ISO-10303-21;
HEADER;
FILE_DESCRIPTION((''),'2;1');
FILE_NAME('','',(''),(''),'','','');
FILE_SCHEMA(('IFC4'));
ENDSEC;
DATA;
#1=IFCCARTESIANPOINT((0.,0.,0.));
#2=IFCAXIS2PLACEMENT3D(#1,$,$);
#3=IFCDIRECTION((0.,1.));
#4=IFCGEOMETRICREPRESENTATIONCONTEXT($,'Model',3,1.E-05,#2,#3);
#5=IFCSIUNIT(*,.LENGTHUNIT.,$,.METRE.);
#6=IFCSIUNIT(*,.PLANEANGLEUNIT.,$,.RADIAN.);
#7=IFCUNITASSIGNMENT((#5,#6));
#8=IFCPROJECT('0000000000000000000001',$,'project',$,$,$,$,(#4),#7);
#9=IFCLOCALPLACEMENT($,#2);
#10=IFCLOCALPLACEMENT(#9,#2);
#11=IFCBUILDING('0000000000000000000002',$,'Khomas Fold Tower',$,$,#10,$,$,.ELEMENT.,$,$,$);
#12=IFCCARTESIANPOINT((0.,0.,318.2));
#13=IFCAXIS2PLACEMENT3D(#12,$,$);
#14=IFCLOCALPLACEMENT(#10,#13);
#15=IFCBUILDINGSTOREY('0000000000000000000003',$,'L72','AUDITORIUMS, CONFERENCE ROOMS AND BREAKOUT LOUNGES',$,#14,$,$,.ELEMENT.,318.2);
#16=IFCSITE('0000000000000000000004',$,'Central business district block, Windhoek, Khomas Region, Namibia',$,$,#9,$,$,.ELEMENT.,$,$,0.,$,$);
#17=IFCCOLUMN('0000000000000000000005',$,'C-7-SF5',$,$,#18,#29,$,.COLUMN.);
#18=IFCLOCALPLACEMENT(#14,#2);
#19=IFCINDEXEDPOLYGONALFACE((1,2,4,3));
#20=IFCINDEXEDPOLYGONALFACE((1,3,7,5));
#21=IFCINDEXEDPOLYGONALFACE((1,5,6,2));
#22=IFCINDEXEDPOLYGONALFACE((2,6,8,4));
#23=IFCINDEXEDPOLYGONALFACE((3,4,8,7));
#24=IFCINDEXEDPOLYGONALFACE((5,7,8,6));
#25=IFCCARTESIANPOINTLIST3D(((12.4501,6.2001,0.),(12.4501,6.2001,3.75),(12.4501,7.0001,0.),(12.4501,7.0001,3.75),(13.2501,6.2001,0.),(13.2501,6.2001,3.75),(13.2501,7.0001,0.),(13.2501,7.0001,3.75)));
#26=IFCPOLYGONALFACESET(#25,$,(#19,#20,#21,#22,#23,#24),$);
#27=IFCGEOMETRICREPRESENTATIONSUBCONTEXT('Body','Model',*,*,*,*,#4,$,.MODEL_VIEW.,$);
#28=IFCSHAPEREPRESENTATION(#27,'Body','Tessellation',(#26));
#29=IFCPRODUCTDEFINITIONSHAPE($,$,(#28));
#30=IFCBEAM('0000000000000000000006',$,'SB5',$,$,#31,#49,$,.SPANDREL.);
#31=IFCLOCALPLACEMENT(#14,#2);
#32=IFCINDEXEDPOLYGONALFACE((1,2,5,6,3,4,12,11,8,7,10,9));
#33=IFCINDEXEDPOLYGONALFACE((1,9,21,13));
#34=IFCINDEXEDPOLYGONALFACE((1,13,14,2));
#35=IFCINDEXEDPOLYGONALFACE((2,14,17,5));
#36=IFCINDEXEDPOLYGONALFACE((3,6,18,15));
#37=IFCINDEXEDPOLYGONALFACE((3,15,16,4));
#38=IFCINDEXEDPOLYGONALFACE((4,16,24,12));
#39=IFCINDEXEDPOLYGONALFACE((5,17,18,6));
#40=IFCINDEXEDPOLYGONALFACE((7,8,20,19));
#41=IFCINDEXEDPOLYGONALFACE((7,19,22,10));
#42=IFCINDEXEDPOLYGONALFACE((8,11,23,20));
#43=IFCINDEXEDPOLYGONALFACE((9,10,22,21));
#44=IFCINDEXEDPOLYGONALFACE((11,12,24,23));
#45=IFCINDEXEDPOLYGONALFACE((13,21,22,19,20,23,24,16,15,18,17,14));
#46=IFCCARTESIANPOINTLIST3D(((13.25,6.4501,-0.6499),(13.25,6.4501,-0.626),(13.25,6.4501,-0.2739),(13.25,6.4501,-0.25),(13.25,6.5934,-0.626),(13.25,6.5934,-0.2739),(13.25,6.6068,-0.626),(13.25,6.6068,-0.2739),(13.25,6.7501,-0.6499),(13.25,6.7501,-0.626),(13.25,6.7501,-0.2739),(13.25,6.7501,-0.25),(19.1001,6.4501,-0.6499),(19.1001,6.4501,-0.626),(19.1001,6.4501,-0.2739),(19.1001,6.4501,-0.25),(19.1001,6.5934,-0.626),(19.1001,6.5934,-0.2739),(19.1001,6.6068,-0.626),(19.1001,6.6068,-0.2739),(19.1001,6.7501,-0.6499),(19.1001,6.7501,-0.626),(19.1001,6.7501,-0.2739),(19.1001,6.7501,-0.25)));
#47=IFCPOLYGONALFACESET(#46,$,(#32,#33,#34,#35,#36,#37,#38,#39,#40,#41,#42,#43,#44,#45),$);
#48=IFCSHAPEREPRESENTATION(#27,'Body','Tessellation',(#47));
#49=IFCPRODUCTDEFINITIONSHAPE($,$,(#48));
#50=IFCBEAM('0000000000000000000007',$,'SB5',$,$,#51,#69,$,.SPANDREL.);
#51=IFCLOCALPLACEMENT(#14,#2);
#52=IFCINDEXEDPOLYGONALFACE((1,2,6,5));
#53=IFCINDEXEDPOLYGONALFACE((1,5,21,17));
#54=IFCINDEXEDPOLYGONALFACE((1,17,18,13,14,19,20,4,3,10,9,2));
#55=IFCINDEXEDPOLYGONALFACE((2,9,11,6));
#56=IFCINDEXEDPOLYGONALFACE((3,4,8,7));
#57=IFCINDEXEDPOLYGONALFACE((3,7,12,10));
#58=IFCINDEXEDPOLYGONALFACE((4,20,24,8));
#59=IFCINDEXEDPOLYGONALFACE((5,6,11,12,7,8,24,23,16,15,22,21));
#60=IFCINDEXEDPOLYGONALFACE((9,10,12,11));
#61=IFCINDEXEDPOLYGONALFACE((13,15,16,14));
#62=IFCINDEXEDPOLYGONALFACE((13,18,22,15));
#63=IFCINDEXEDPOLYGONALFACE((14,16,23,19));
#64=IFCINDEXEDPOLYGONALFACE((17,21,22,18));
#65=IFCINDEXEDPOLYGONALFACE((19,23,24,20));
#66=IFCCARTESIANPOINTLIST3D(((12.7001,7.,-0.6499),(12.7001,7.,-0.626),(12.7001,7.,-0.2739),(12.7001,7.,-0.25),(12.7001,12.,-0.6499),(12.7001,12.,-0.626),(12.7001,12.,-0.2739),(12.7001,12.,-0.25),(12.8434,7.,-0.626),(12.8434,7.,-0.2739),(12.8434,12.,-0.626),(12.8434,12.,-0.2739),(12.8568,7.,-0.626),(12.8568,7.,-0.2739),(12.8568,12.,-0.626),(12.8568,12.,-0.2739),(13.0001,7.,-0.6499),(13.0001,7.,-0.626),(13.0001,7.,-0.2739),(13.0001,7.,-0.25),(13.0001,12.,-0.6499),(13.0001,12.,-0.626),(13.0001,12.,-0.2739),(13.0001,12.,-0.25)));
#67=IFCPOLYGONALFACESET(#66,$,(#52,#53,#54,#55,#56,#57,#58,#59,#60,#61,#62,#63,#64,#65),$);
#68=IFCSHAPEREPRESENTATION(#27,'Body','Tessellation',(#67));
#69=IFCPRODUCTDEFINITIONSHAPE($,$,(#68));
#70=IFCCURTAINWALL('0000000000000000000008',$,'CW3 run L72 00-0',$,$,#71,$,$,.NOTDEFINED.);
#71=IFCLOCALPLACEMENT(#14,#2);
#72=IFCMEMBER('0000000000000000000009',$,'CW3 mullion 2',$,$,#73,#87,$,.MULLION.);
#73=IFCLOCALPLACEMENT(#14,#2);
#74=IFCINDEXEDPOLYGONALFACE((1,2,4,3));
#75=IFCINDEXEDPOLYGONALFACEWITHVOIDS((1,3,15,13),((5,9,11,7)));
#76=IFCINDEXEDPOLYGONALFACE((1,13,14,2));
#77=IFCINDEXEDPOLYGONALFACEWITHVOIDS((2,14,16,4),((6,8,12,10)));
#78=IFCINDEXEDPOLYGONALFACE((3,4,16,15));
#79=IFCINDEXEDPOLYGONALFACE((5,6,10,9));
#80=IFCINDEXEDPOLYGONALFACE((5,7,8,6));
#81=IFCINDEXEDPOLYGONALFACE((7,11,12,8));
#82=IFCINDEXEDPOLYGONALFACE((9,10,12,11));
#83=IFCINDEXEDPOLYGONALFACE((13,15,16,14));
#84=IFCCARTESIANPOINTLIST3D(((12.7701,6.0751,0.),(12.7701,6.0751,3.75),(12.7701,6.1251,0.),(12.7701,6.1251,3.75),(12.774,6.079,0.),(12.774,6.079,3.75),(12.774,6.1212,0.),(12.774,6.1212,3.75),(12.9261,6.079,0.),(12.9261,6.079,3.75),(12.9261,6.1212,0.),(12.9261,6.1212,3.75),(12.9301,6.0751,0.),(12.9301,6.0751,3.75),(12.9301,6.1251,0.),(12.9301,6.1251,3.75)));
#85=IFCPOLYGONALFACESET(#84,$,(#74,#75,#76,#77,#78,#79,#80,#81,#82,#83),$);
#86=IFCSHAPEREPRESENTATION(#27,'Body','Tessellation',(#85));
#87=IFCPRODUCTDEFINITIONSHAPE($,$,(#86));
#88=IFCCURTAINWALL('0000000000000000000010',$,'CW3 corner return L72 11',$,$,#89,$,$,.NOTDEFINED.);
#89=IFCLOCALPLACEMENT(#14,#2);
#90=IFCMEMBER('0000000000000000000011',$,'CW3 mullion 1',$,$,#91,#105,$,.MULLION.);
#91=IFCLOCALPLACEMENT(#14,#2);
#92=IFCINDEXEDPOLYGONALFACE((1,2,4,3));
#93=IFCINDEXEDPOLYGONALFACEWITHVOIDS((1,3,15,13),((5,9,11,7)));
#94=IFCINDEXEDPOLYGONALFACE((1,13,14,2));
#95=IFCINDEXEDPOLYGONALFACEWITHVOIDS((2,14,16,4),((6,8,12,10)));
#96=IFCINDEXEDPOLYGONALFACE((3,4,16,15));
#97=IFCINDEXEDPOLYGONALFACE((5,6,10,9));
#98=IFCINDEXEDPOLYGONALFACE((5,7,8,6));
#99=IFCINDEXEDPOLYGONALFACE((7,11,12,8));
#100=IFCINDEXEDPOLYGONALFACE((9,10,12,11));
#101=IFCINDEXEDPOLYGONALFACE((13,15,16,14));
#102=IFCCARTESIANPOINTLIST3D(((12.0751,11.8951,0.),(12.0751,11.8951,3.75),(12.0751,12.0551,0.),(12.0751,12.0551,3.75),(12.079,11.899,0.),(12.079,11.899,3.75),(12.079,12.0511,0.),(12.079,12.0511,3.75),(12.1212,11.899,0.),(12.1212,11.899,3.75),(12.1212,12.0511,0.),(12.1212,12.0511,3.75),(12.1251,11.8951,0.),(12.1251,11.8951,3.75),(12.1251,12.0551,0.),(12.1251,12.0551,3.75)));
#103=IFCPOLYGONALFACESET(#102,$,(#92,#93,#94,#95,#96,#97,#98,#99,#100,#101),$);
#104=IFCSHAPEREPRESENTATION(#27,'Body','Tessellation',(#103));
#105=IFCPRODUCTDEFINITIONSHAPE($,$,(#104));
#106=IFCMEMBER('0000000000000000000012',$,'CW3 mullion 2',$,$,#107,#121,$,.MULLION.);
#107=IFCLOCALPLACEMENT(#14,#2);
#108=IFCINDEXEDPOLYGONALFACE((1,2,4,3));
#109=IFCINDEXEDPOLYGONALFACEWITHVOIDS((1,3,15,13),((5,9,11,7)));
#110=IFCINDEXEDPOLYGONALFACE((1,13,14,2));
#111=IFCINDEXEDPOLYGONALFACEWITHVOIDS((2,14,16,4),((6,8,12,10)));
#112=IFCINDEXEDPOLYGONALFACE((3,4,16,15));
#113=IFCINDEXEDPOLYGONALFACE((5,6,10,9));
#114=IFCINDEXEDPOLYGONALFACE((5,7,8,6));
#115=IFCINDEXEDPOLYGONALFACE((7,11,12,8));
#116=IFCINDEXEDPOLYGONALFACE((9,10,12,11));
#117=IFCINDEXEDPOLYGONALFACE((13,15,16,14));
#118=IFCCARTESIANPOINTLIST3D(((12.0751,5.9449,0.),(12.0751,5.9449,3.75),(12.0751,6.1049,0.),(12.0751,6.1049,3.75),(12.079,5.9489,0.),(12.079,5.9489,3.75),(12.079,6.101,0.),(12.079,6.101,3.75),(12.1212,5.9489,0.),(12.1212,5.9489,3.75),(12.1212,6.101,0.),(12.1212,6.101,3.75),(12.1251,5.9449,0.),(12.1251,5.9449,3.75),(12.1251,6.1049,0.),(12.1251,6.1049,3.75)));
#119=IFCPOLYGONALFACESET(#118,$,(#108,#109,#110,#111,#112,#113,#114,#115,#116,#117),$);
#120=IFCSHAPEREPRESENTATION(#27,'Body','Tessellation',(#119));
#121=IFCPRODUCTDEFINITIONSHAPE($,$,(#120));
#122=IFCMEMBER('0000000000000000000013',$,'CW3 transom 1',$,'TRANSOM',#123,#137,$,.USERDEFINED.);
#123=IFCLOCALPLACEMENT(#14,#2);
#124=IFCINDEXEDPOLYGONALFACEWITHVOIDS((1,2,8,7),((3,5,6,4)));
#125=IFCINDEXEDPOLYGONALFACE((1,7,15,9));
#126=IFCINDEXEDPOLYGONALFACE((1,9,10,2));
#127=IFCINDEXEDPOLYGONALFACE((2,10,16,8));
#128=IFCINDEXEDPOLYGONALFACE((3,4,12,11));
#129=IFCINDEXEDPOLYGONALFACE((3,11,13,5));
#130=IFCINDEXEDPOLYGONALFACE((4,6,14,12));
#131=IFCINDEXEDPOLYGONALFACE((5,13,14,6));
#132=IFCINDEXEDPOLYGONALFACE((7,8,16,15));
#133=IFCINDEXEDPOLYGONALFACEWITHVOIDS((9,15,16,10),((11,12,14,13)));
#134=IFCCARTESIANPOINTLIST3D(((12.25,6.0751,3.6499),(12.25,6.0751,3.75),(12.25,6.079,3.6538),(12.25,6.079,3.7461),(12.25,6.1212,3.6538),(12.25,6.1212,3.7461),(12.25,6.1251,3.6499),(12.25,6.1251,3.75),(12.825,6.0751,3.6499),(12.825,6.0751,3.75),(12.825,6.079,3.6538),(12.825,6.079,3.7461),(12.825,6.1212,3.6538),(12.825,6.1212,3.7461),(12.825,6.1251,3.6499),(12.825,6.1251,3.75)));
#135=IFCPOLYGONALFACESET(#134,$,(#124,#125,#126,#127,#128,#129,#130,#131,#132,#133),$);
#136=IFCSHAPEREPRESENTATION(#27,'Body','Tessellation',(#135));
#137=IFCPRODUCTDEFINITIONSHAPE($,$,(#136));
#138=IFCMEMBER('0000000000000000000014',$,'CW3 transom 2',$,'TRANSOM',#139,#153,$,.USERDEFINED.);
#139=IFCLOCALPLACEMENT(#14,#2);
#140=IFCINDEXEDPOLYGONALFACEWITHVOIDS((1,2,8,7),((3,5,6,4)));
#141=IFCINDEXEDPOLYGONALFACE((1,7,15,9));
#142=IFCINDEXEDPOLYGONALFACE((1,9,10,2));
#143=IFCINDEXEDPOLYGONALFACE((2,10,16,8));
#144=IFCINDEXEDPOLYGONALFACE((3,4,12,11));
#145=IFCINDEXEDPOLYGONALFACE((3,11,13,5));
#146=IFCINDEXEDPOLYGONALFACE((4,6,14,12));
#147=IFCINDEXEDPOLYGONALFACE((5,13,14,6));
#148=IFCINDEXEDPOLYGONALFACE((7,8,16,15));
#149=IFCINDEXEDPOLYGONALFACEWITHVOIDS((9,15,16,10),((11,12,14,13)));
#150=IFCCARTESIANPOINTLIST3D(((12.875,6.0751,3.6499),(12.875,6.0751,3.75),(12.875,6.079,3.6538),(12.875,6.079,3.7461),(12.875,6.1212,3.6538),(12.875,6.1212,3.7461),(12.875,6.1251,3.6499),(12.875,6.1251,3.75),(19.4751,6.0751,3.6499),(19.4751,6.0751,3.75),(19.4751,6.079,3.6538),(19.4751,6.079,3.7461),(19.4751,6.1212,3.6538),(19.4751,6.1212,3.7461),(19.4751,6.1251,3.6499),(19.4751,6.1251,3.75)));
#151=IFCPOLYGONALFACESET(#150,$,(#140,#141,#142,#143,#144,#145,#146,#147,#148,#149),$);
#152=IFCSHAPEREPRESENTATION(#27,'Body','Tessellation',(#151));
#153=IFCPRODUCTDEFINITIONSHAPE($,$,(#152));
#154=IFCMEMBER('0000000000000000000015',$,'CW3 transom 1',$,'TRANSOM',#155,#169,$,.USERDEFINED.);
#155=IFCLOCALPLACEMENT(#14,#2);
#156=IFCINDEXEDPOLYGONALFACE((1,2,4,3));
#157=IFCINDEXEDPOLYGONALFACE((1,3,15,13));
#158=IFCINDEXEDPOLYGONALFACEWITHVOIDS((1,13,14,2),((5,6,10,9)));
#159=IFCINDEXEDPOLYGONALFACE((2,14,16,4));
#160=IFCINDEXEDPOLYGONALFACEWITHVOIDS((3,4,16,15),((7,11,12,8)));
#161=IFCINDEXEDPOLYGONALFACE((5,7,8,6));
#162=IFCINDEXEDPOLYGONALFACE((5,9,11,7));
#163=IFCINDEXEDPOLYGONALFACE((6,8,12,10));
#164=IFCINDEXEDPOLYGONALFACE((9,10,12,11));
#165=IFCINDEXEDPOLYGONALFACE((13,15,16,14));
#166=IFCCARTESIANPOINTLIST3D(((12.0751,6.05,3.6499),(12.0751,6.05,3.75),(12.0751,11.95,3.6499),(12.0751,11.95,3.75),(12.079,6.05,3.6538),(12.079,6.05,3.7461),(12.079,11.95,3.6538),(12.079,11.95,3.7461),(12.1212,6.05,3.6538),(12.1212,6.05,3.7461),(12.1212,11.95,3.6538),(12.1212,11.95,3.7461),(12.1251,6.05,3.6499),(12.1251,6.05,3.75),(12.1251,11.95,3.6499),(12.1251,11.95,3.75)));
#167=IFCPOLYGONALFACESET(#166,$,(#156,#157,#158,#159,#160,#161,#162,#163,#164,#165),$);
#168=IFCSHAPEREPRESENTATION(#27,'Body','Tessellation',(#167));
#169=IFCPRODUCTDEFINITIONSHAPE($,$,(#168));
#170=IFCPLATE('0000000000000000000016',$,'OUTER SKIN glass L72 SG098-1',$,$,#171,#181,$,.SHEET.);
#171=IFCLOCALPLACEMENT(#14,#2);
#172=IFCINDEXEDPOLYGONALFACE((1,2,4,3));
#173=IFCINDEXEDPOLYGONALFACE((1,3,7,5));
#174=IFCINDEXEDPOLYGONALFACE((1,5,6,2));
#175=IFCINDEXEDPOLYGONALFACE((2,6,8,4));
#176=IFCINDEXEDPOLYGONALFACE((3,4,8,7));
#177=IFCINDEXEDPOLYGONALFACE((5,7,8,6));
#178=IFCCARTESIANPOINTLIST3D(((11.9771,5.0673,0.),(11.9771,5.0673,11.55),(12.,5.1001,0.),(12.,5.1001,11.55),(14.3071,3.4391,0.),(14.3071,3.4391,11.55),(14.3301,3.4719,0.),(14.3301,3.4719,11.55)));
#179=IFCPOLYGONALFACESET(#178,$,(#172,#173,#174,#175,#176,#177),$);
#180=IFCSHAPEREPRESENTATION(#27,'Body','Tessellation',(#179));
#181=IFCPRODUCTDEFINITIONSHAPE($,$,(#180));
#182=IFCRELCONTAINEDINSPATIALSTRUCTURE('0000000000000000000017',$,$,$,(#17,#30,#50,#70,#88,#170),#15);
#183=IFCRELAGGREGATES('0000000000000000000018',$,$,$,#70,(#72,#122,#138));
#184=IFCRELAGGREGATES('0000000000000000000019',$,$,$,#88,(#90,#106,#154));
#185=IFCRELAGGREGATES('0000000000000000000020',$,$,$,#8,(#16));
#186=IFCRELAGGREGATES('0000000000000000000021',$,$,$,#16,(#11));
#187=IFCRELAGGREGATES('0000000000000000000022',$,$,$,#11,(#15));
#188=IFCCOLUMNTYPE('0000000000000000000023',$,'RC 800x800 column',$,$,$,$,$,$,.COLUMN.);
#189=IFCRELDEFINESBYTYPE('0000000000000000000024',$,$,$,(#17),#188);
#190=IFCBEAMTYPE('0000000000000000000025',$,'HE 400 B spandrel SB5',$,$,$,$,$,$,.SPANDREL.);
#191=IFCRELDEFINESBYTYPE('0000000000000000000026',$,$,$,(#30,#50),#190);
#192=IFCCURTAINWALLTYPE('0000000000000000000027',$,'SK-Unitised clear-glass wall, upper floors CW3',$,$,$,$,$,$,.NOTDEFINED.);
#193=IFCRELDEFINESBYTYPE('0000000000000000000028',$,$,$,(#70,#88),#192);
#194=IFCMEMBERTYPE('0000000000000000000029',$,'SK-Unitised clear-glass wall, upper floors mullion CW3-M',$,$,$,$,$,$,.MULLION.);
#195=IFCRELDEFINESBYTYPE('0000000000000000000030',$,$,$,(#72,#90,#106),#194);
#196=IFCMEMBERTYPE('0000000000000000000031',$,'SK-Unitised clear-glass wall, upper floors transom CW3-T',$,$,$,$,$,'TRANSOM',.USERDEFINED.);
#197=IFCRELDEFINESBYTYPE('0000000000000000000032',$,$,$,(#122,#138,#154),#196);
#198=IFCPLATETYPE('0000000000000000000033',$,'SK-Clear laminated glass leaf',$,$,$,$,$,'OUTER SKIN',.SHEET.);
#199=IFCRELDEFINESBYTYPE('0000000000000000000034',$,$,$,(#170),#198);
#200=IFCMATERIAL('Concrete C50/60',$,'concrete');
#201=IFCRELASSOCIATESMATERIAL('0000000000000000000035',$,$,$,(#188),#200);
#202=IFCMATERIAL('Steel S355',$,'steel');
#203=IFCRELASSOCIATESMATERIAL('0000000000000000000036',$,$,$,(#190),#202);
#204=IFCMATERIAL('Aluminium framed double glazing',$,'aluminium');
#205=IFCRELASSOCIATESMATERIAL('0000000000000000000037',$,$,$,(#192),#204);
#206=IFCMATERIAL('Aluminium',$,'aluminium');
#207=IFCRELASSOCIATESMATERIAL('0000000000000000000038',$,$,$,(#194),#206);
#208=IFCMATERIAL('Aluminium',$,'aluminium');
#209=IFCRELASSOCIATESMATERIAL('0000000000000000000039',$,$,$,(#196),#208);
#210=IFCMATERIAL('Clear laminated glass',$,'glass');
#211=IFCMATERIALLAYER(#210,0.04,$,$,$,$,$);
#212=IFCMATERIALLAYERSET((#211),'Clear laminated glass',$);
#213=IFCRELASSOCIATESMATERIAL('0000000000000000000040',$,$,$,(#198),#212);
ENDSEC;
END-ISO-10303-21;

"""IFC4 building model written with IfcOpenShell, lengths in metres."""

from ifc_helpers import new_model, si_unit, direction, frame, origin, origin_2d, place, context, subcontext, project, spatial, polyline, rectangle, hollow_rectangle, i_section, outline, extrude, source, transform, mapped, material, layer, layer_set, material_profile, profile_set, type_object, element, aggregate, save


model = new_model("IFC4")

# Units and contexts
model_context = context("Model", 3, precision=1e-05, world=origin(), true_north=direction((0.0, 1.0)))
body_context = subcontext(model_context, "Body", "Model", "MODEL_VIEW")
ifc_project = project(units=[si_unit("LENGTHUNIT", "METRE"), si_unit("PLANEANGLEUNIT", "RADIAN")], contexts=[model_context])

# Site, building, storey
site_placement = place(None, origin())
site = spatial("IfcSite", under=ifc_project, at=site_placement, Name="Central business district block, Windhoek, Khomas Region, Namibia", CompositionType="ELEMENT", RefElevation=0.0)
building_placement = place(site_placement, origin())
building = spatial("IfcBuilding", under=site, at=building_placement, Name="Khomas Fold Tower", CompositionType="ELEMENT")
storey_placement = place(building_placement, frame((0.0, 0.0, 318.2)))
storey = spatial("IfcBuildingStorey", under=building, at=storey_placement, Name="L72", Description="AUDITORIUMS, CONFERENCE ROOMS AND BREAKOUT LOUNGES", CompositionType="ELEMENT", Elevation=318.2)

# Column
ifc_material_1 = material(Name="Concrete C50/60", Category="concrete")
ifc_material_profile_1 = material_profile(ifc_material_1, rectangle(XDim=0.8, YDim=0.8, at=origin_2d()), Name="RC 800x800")
ifc_profile_set_1 = profile_set([ifc_material_profile_1], Name="Concrete C50/60")
column_type = type_object("IfcColumnType", Name="RC 800x800 column", PredefinedType="COLUMN", material=ifc_profile_set_1)
shared_shape_1 = source(origin(), body_context, "Body", "SweptSolid", [
    extrude(rectangle(XDim=0.8, YDim=0.8, at=origin_2d()), origin(), (0.0, 0.0, 1.0), 3.75),
])
column_placement = place(storey_placement, frame((12.8501, 6.6001, 0.0), z_axis=(0.0, 0.0, 1.0), x_axis=(1.0, 0.0, 0.0)))
element("IfcColumn", 1, at=column_placement, inside=storey, type_object=column_type, Name="C-7-SF5", PredefinedType="COLUMN", context=body_context, shape_type="MappedRepresentation", body=[
    mapped(shared_shape_1, transform((0.0, 0.0, 0.0))),
])

# Beams
ifc_material_2 = material(Name="Steel S355", Category="steel")
ifc_material_profile_2 = material_profile(ifc_material_2, i_section(OverallWidth=0.3, OverallDepth=0.3999, WebThickness=0.0134, FlangeThickness=0.0239, at=origin_2d()), Name="HE 400 B")
ifc_profile_set_2 = profile_set([ifc_material_profile_2], Name="Steel S355")
beam_type = type_object("IfcBeamType", Name="HE 400 B spandrel SB5", PredefinedType="SPANDREL", material=ifc_profile_set_2)
shared_shape_2 = source(origin(), body_context, "Body", "SweptSolid", [
    extrude(i_section(OverallWidth=0.3, OverallDepth=0.3999, WebThickness=0.0134, FlangeThickness=0.0239, at=origin_2d()), origin(), (0.0, 0.0, 1.0), 5.8501),
])
beam_1_placement = place(storey_placement, frame((13.25, 6.6001, -0.45), z_axis=(1.0, 0.0, 0.0), x_axis=(0.0, 1.0, 0.0)))
element("IfcBeam", 2, at=beam_1_placement, inside=storey, type_object=beam_type, Name="SB5", PredefinedType="SPANDREL", context=body_context, shape_type="MappedRepresentation", body=[
    mapped(shared_shape_2, transform((0.0, 0.0, 0.0))),
])
shared_shape_3 = source(origin(), body_context, "Body", "SweptSolid", [
    extrude(i_section(OverallWidth=0.3, OverallDepth=0.3999, WebThickness=0.0134, FlangeThickness=0.0239, at=origin_2d()), origin(), (0.0, 0.0, 1.0), 5.0),
])
beam_2_placement = place(storey_placement, frame((12.8501, 7.0, -0.45), z_axis=(0.0, 1.0, 0.0), x_axis=(-1.0, 0.0, 0.0)))
element("IfcBeam", 3, at=beam_2_placement, inside=storey, type_object=beam_type, Name="SB5", PredefinedType="SPANDREL", context=body_context, shape_type="MappedRepresentation", body=[
    mapped(shared_shape_3, transform((0.0, 0.0, 0.0))),
])

# Curtain wall, member
ifc_material_3 = material(Name="Aluminium framed double glazing", Category="aluminium")
curtain_wall_type = type_object("IfcCurtainWallType", Name="SK-Unitised clear-glass wall, upper floors CW3", PredefinedType="NOTDEFINED", material=ifc_material_3)
curtain_wall_1_placement = place(storey_placement, origin())
curtain_wall_1 = element("IfcCurtainWall", 4, at=curtain_wall_1_placement, inside=storey, type_object=curtain_wall_type, Name="CW3 run L72 00-0", PredefinedType="NOTDEFINED")
ifc_material_4 = material(Name="Aluminium", Category="aluminium")
ifc_material_profile_3 = material_profile(ifc_material_4, hollow_rectangle(XDim=0.05, YDim=0.1599, WallThickness=0.0039, at=origin_2d()), Name="SK-Unitised clear-glass wall, upper floors mullion CW3-M")
ifc_profile_set_3 = profile_set([ifc_material_profile_3], Name="Aluminium")
member_type_1 = type_object("IfcMemberType", Name="SK-Unitised clear-glass wall, upper floors mullion CW3-M", PredefinedType="MULLION", material=ifc_profile_set_3)
shared_shape_4 = source(origin(), body_context, "Body", "SweptSolid", [
    extrude(hollow_rectangle(XDim=0.05, YDim=0.1599, WallThickness=0.0039, at=origin_2d()), origin(), (0.0, 0.0, 1.0), 3.75),
])
member_1_placement = place(storey_placement, frame((12.8501, 6.1001, 0.0), z_axis=(0.0, 0.0, 1.0), x_axis=(0.0, 1.0, 0.0)))
member_1 = element("IfcMember", 5, at=member_1_placement, type_object=member_type_1, Name="CW3 mullion 2", PredefinedType="MULLION", context=body_context, shape_type="MappedRepresentation", body=[
    mapped(shared_shape_4, transform((0.0, 0.0, 0.0))),
])

# Curtain wall, members
curtain_wall_2_placement = place(storey_placement, origin())
curtain_wall_2 = element("IfcCurtainWall", 6, at=curtain_wall_2_placement, inside=storey, type_object=curtain_wall_type, Name="CW3 corner return L72 11", PredefinedType="NOTDEFINED")
member_2_placement = place(storey_placement, frame((12.1001, 11.9751, 0.0), z_axis=(0.0, 0.0, 1.0), x_axis=(1.0, 0.0, 0.0)))
member_2 = element("IfcMember", 7, at=member_2_placement, type_object=member_type_1, Name="CW3 mullion 1", PredefinedType="MULLION", context=body_context, shape_type="MappedRepresentation", body=[
    mapped(shared_shape_4, transform((0.0, 0.0, 0.0))),
])
member_3_placement = place(storey_placement, frame((12.1001, 6.0249, 0.0), z_axis=(0.0, 0.0, 1.0), x_axis=(1.0, 0.0, 0.0)))
member_3 = element("IfcMember", 8, at=member_3_placement, type_object=member_type_1, Name="CW3 mullion 2", PredefinedType="MULLION", context=body_context, shape_type="MappedRepresentation", body=[
    mapped(shared_shape_4, transform((0.0, 0.0, 0.0))),
])

# Members
ifc_material_5 = material(Name="Aluminium", Category="aluminium")
ifc_material_profile_4 = material_profile(ifc_material_5, hollow_rectangle(XDim=0.05, YDim=0.1001, WallThickness=0.0039, at=origin_2d()), Name="SK-Unitised clear-glass wall, upper floors transom CW3-T")
ifc_profile_set_4 = profile_set([ifc_material_profile_4], Name="Aluminium")
member_type_2 = type_object("IfcMemberType", Name="SK-Unitised clear-glass wall, upper floors transom CW3-T", ElementType="TRANSOM", PredefinedType="USERDEFINED", material=ifc_profile_set_4)
shared_shape_5 = source(origin(), body_context, "Body", "SweptSolid", [
    extrude(hollow_rectangle(XDim=0.05, YDim=0.1001, WallThickness=0.0039, at=origin_2d()), origin(), (0.0, 0.0, 1.0), 0.575),
])
member_4_placement = place(storey_placement, frame((12.25, 6.1001, 3.7), z_axis=(1.0, 0.0, 0.0), x_axis=(0.0, 1.0, 0.0)))
member_4 = element("IfcMember", 9, at=member_4_placement, type_object=member_type_2, Name="CW3 transom 1", ObjectType="TRANSOM", PredefinedType="USERDEFINED", context=body_context, shape_type="MappedRepresentation", body=[
    mapped(shared_shape_5, transform((0.0, 0.0, 0.0))),
])
shared_shape_6 = source(origin(), body_context, "Body", "SweptSolid", [
    extrude(hollow_rectangle(XDim=0.05, YDim=0.1001, WallThickness=0.0039, at=origin_2d()), origin(), (0.0, 0.0, 1.0), 6.6001),
])
member_5_placement = place(storey_placement, frame((12.875, 6.1001, 3.7), z_axis=(1.0, 0.0, 0.0), x_axis=(0.0, 1.0, 0.0)))
member_5 = element("IfcMember", 10, at=member_5_placement, type_object=member_type_2, Name="CW3 transom 2", ObjectType="TRANSOM", PredefinedType="USERDEFINED", context=body_context, shape_type="MappedRepresentation", body=[
    mapped(shared_shape_6, transform((0.0, 0.0, 0.0))),
])
shared_shape_7 = source(origin(), body_context, "Body", "SweptSolid", [
    extrude(hollow_rectangle(XDim=0.05, YDim=0.1001, WallThickness=0.0039, at=origin_2d()), origin(), (0.0, 0.0, 1.0), 5.8999),
])
member_6_placement = place(storey_placement, frame((12.1001, 11.95, 3.7), z_axis=(0.0, -1.0, 0.0), x_axis=(1.0, 0.0, 0.0)))
member_6 = element("IfcMember", 11, at=member_6_placement, type_object=member_type_2, Name="CW3 transom 1", ObjectType="TRANSOM", PredefinedType="USERDEFINED", context=body_context, shape_type="MappedRepresentation", body=[
    mapped(shared_shape_7, transform((0.0, 0.0, 0.0))),
])

# Plate
ifc_material_6 = material(Name="Clear laminated glass", Category="glass")
ifc_layer_1 = layer(ifc_material_6, 0.04)
ifc_layer_set_1 = layer_set([ifc_layer_1], Name="Clear laminated glass")
plate_type_1 = type_object("IfcPlateType", Name="SK-Clear laminated glass leaf", ElementType="OUTER SKIN", PredefinedType="SHEET", material=ifc_layer_set_1)
plate_1_placement = place(storey_placement, frame((12.0, 5.1001, 0.0), z_axis=(0.572782, 0.819708, 0.0), x_axis=(0.0, 0.0, 1.0)))
element("IfcPlate", 12, at=plate_1_placement, inside=storey, type_object=plate_type_1, Name="OUTER SKIN glass L72 SG098-1", PredefinedType="SHEET", context=body_context, shape_type="SweptSolid", body=[
    extrude(outline(polyline([(0.0, 0.0), (11.55, 0.0), (11.55, 2.8426), (0.0, 2.8426), (0.0, 0.0)])), origin(), (0.0, 0.0, -1.0), 0.04),
])

aggregate(curtain_wall_1, [member_1, member_4, member_5])
aggregate(curtain_wall_2, [member_2, member_3, member_6])

save(model, "model.ifc")
